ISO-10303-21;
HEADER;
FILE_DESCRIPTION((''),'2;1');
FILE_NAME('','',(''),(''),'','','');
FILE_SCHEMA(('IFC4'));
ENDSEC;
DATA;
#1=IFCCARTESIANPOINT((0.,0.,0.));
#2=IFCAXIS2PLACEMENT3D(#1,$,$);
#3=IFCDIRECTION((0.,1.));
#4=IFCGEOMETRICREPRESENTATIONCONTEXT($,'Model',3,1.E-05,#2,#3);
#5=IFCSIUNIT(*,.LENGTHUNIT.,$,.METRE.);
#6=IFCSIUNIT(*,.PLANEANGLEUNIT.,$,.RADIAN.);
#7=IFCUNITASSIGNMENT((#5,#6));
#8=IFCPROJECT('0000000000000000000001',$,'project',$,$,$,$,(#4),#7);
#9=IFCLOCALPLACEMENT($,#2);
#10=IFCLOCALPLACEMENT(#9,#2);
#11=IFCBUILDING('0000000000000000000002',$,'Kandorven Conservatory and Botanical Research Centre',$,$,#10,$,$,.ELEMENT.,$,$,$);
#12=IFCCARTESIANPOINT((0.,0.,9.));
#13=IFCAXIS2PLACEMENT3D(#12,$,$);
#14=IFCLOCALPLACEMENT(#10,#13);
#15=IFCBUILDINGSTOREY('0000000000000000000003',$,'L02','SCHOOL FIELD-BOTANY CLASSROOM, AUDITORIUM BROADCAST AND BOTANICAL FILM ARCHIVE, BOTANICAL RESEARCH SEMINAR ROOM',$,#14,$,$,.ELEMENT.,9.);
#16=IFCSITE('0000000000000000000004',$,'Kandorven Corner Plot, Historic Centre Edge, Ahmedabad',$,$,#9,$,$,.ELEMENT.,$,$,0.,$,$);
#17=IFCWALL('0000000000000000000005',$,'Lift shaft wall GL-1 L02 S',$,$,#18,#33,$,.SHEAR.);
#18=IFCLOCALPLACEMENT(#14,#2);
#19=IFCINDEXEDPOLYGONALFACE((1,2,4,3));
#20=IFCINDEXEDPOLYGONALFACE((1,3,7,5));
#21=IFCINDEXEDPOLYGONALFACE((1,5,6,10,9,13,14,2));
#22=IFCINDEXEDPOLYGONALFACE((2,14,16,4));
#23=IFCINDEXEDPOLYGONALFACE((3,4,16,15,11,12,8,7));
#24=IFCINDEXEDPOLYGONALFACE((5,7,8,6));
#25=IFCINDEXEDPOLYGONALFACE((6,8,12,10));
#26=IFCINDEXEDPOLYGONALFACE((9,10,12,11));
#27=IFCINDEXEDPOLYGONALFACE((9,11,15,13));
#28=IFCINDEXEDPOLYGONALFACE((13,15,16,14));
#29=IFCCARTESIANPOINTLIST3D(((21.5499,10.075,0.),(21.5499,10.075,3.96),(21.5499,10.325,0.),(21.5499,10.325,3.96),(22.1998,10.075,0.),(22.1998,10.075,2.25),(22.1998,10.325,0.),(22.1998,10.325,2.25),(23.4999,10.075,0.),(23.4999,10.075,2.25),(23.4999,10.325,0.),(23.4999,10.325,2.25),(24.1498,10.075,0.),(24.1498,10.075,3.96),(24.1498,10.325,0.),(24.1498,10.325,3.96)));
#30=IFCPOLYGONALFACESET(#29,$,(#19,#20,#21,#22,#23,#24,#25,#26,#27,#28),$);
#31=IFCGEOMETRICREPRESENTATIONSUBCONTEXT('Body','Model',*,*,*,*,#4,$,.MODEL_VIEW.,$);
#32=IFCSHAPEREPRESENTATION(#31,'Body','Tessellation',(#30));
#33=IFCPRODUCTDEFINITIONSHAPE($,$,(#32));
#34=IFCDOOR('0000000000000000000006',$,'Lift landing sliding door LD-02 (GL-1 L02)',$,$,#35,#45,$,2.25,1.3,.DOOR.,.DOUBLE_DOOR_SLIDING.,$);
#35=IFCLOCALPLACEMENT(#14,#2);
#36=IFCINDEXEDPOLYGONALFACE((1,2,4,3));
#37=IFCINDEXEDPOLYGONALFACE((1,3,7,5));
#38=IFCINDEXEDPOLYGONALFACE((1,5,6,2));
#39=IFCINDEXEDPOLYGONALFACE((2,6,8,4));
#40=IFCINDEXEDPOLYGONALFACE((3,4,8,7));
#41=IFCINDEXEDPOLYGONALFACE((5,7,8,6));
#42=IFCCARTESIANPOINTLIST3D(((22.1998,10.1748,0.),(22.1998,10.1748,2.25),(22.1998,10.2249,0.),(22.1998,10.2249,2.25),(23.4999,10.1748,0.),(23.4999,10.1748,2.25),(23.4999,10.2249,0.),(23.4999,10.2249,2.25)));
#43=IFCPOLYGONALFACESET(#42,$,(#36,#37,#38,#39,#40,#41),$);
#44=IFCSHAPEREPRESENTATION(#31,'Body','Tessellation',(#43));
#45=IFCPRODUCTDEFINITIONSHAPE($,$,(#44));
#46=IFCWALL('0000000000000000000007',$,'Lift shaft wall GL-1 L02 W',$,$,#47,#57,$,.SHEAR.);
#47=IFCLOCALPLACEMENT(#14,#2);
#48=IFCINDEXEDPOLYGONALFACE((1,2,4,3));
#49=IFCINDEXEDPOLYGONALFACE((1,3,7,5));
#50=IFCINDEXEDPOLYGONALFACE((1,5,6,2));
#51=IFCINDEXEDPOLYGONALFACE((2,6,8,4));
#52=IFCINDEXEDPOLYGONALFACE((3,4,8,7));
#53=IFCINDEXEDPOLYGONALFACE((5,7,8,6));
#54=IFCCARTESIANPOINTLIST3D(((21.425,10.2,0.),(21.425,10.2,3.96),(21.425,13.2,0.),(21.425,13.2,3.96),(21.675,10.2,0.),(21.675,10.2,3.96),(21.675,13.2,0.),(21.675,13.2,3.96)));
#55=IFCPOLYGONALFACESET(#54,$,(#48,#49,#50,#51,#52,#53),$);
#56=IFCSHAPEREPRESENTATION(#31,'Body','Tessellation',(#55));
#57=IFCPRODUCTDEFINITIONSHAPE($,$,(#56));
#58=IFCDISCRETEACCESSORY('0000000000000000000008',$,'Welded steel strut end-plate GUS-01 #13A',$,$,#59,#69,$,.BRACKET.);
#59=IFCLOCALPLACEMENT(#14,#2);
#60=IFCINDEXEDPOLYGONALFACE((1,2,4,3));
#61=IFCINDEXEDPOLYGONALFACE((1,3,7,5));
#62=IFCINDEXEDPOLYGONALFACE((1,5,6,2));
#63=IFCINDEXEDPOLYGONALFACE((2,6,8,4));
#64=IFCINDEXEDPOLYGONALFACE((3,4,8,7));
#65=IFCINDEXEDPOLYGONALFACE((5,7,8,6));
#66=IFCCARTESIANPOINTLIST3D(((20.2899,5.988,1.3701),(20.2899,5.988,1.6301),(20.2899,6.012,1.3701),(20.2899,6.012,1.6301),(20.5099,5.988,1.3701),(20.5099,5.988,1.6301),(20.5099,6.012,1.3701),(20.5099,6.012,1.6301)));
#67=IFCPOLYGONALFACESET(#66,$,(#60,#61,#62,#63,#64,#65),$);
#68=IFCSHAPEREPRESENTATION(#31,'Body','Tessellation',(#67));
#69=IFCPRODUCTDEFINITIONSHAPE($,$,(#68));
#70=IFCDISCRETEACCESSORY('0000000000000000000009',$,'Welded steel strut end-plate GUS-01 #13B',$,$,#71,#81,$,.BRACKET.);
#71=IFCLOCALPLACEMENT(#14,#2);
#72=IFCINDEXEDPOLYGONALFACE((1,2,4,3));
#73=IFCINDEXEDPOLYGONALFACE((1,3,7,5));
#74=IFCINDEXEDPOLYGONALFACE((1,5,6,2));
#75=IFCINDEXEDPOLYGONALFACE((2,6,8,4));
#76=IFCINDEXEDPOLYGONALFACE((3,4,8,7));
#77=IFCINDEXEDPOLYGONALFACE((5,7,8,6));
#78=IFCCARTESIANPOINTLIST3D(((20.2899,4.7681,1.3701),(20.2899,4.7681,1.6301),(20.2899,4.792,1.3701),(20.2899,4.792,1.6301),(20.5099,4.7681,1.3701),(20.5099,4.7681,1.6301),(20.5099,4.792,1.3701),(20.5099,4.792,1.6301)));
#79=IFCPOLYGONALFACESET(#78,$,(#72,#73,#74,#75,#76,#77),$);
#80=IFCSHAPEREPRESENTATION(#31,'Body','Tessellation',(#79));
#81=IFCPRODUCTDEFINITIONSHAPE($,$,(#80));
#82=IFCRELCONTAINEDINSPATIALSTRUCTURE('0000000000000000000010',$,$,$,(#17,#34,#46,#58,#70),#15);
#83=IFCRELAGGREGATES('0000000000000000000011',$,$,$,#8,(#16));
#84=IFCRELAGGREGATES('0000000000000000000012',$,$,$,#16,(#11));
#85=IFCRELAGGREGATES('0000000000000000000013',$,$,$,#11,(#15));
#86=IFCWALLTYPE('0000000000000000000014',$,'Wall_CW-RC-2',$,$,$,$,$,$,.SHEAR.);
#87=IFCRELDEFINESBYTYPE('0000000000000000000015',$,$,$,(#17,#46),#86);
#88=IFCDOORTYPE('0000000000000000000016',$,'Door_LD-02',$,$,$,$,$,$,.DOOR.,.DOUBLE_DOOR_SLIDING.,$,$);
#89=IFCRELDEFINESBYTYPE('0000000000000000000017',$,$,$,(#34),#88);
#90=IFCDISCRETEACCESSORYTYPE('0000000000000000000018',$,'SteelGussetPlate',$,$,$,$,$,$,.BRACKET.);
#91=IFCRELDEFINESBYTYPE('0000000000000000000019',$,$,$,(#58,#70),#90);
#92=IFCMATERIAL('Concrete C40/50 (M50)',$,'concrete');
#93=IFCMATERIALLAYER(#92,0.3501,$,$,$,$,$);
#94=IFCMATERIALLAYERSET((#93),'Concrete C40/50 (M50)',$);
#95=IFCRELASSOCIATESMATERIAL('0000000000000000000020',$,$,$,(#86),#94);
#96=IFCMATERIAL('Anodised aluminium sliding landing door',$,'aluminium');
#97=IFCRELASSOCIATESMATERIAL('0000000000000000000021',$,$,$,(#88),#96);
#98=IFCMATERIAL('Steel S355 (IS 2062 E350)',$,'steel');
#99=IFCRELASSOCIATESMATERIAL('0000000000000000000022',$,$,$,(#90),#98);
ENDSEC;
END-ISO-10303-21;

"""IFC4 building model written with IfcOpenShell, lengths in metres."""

from ifc_helpers import new_model, si_unit, direction, frame, frame_2d, origin, origin_2d, place, context, subcontext, project, spatial, rectangle, extrude, material, layer, layer_set, type_object, element, fill, save


model = new_model("IFC4")

# Units and contexts
model_context = context("Model", 3, precision=1e-05, world=origin(), true_north=direction((0.0, 1.0)))
body_context = subcontext(model_context, "Body", "Model", "MODEL_VIEW")
ifc_project = project(units=[si_unit("LENGTHUNIT", "METRE"), si_unit("PLANEANGLEUNIT", "RADIAN")], contexts=[model_context])

# Site, building, storey
site_placement = place(None, origin())
site = spatial("IfcSite", under=ifc_project, at=site_placement, Name="Kandorven Corner Plot, Historic Centre Edge, Ahmedabad", CompositionType="ELEMENT", RefElevation=0.0)
building_placement = place(site_placement, origin())
building = spatial("IfcBuilding", under=site, at=building_placement, Name="Kandorven Conservatory and Botanical Research Centre", CompositionType="ELEMENT")
storey_placement = place(building_placement, frame((0.0, 0.0, 9.0)))
storey = spatial("IfcBuildingStorey", under=building, at=storey_placement, Name="L02", Description="SCHOOL FIELD-BOTANY CLASSROOM, AUDITORIUM BROADCAST AND BOTANICAL FILM ARCHIVE, BOTANICAL RESEARCH SEMINAR ROOM", CompositionType="ELEMENT", Elevation=9.0)

# Shared definitions
ifc_material_1 = material(Name="Concrete C40/50 (M50)", Category="concrete")
ifc_layer_1 = layer(ifc_material_1, 0.3501)
ifc_layer_set_1 = layer_set([ifc_layer_1], Name="Concrete C40/50 (M50)")
wall_type = type_object("IfcWallType", Name="Wall_CW-RC-2", PredefinedType="SHEAR", material=ifc_layer_set_1)

# Wall, opening, door
wall_1_placement = place(storey_placement, frame((21.55, 10.2, 0.0), z_axis=(0.0, 0.0, 1.0), x_axis=(1.0, 0.0, 0.0)))
wall_1 = element("IfcWall", 1, at=wall_1_placement, inside=storey, type_object=wall_type, Name="Lift shaft wall GL-1 L02 S", PredefinedType="SHEAR", context=body_context, shape_type="SweptSolid", body=[
    extrude(rectangle(XDim=2.5999, YDim=0.25, at=frame_2d((1.2998, 0.0))), origin(), (0.0, 0.0, 1.0), 3.96),
])
opening_1_placement = place(wall_1_placement, frame((0.6499, 0.0, 0.0)))
opening_1 = element("IfcOpeningElement", 2, at=opening_1_placement, cuts=wall_1, PredefinedType="OPENING", context=body_context, shape_type="SweptSolid", body=[
    extrude(rectangle(XDim=1.3, YDim=2.25, at=frame_2d((0.6499, 1.125))), frame((0.0, 0.135, 0.0), z_axis=(0.0, -1.0, 0.0), x_axis=(1.0, 0.0, 0.0)), (0.0, 0.0, 1.0), 0.27),
])
ifc_material_2 = material(Name="Anodised aluminium sliding landing door", Category="aluminium")
door_type_1 = type_object("IfcDoorType", Name="Door_LD-02", OperationType="DOUBLE_DOOR_SLIDING", PredefinedType="DOOR", material=ifc_material_2)
door_1_placement = place(opening_1_placement, origin())
door_1 = element("IfcDoor", 3, at=door_1_placement, inside=storey, type_object=door_type_1, Name="Lift landing sliding door LD-02 (GL-1 L02)", OperationType="DOUBLE_DOOR_SLIDING", OverallHeight=2.25, OverallWidth=1.3, PredefinedType="DOOR", context=body_context, shape_type="SweptSolid", body=[
    extrude(rectangle(XDim=1.3, YDim=2.25, at=frame_2d((0.6499, 1.125))), frame((0.0, 0.0249, 0.0), z_axis=(0.0, -1.0, 0.0), x_axis=(1.0, 0.0, 0.0)), (0.0, 0.0, 1.0), 0.05),
])
fill(opening_1, door_1)

# Wall
wall_2_placement = place(storey_placement, frame((21.55, 10.2, 0.0), z_axis=(0.0, 0.0, 1.0), x_axis=(0.0, 1.0, 0.0)))
element("IfcWall", 4, at=wall_2_placement, inside=storey, type_object=wall_type, Name="Lift shaft wall GL-1 L02 W", PredefinedType="SHEAR", context=body_context, shape_type="SweptSolid", body=[
    extrude(rectangle(XDim=3.0, YDim=0.25, at=frame_2d((1.5, 0.0))), origin(), (0.0, 0.0, 1.0), 3.96),
])

# Discrete accessories
ifc_material_3 = material(Name="Steel S355 (IS 2062 E350)", Category="steel")
discrete_accessory_type = type_object("IfcDiscreteAccessoryType", Name="SteelGussetPlate", PredefinedType="BRACKET", material=ifc_material_3)
for number, where, z_axis, x_axis, name in (
    (5, (20.3999, 6.0, 1.3701), (0.0, 0.0, 1.0), (1.0, 0.0, 0.0), "Welded steel strut end-plate GUS-01 #13A"),
    (6, (20.3999, 4.78, 1.3701), (0.0, 0.0, 1.0), (1.0, 0.0, 0.0), "Welded steel strut end-plate GUS-01 #13B"),
):
    element("IfcDiscreteAccessory", number, at=place(storey_placement, frame(where, z_axis=z_axis, x_axis=x_axis)), inside=storey, type_object=discrete_accessory_type, Name=name, PredefinedType="BRACKET", context=body_context, shape_type="SweptSolid", body=[
        extrude(rectangle(XDim=0.22, YDim=0.0239, at=origin_2d()), origin(), (0.0, 0.0, 1.0), 0.26),
    ])

save(model, "model.ifc")
